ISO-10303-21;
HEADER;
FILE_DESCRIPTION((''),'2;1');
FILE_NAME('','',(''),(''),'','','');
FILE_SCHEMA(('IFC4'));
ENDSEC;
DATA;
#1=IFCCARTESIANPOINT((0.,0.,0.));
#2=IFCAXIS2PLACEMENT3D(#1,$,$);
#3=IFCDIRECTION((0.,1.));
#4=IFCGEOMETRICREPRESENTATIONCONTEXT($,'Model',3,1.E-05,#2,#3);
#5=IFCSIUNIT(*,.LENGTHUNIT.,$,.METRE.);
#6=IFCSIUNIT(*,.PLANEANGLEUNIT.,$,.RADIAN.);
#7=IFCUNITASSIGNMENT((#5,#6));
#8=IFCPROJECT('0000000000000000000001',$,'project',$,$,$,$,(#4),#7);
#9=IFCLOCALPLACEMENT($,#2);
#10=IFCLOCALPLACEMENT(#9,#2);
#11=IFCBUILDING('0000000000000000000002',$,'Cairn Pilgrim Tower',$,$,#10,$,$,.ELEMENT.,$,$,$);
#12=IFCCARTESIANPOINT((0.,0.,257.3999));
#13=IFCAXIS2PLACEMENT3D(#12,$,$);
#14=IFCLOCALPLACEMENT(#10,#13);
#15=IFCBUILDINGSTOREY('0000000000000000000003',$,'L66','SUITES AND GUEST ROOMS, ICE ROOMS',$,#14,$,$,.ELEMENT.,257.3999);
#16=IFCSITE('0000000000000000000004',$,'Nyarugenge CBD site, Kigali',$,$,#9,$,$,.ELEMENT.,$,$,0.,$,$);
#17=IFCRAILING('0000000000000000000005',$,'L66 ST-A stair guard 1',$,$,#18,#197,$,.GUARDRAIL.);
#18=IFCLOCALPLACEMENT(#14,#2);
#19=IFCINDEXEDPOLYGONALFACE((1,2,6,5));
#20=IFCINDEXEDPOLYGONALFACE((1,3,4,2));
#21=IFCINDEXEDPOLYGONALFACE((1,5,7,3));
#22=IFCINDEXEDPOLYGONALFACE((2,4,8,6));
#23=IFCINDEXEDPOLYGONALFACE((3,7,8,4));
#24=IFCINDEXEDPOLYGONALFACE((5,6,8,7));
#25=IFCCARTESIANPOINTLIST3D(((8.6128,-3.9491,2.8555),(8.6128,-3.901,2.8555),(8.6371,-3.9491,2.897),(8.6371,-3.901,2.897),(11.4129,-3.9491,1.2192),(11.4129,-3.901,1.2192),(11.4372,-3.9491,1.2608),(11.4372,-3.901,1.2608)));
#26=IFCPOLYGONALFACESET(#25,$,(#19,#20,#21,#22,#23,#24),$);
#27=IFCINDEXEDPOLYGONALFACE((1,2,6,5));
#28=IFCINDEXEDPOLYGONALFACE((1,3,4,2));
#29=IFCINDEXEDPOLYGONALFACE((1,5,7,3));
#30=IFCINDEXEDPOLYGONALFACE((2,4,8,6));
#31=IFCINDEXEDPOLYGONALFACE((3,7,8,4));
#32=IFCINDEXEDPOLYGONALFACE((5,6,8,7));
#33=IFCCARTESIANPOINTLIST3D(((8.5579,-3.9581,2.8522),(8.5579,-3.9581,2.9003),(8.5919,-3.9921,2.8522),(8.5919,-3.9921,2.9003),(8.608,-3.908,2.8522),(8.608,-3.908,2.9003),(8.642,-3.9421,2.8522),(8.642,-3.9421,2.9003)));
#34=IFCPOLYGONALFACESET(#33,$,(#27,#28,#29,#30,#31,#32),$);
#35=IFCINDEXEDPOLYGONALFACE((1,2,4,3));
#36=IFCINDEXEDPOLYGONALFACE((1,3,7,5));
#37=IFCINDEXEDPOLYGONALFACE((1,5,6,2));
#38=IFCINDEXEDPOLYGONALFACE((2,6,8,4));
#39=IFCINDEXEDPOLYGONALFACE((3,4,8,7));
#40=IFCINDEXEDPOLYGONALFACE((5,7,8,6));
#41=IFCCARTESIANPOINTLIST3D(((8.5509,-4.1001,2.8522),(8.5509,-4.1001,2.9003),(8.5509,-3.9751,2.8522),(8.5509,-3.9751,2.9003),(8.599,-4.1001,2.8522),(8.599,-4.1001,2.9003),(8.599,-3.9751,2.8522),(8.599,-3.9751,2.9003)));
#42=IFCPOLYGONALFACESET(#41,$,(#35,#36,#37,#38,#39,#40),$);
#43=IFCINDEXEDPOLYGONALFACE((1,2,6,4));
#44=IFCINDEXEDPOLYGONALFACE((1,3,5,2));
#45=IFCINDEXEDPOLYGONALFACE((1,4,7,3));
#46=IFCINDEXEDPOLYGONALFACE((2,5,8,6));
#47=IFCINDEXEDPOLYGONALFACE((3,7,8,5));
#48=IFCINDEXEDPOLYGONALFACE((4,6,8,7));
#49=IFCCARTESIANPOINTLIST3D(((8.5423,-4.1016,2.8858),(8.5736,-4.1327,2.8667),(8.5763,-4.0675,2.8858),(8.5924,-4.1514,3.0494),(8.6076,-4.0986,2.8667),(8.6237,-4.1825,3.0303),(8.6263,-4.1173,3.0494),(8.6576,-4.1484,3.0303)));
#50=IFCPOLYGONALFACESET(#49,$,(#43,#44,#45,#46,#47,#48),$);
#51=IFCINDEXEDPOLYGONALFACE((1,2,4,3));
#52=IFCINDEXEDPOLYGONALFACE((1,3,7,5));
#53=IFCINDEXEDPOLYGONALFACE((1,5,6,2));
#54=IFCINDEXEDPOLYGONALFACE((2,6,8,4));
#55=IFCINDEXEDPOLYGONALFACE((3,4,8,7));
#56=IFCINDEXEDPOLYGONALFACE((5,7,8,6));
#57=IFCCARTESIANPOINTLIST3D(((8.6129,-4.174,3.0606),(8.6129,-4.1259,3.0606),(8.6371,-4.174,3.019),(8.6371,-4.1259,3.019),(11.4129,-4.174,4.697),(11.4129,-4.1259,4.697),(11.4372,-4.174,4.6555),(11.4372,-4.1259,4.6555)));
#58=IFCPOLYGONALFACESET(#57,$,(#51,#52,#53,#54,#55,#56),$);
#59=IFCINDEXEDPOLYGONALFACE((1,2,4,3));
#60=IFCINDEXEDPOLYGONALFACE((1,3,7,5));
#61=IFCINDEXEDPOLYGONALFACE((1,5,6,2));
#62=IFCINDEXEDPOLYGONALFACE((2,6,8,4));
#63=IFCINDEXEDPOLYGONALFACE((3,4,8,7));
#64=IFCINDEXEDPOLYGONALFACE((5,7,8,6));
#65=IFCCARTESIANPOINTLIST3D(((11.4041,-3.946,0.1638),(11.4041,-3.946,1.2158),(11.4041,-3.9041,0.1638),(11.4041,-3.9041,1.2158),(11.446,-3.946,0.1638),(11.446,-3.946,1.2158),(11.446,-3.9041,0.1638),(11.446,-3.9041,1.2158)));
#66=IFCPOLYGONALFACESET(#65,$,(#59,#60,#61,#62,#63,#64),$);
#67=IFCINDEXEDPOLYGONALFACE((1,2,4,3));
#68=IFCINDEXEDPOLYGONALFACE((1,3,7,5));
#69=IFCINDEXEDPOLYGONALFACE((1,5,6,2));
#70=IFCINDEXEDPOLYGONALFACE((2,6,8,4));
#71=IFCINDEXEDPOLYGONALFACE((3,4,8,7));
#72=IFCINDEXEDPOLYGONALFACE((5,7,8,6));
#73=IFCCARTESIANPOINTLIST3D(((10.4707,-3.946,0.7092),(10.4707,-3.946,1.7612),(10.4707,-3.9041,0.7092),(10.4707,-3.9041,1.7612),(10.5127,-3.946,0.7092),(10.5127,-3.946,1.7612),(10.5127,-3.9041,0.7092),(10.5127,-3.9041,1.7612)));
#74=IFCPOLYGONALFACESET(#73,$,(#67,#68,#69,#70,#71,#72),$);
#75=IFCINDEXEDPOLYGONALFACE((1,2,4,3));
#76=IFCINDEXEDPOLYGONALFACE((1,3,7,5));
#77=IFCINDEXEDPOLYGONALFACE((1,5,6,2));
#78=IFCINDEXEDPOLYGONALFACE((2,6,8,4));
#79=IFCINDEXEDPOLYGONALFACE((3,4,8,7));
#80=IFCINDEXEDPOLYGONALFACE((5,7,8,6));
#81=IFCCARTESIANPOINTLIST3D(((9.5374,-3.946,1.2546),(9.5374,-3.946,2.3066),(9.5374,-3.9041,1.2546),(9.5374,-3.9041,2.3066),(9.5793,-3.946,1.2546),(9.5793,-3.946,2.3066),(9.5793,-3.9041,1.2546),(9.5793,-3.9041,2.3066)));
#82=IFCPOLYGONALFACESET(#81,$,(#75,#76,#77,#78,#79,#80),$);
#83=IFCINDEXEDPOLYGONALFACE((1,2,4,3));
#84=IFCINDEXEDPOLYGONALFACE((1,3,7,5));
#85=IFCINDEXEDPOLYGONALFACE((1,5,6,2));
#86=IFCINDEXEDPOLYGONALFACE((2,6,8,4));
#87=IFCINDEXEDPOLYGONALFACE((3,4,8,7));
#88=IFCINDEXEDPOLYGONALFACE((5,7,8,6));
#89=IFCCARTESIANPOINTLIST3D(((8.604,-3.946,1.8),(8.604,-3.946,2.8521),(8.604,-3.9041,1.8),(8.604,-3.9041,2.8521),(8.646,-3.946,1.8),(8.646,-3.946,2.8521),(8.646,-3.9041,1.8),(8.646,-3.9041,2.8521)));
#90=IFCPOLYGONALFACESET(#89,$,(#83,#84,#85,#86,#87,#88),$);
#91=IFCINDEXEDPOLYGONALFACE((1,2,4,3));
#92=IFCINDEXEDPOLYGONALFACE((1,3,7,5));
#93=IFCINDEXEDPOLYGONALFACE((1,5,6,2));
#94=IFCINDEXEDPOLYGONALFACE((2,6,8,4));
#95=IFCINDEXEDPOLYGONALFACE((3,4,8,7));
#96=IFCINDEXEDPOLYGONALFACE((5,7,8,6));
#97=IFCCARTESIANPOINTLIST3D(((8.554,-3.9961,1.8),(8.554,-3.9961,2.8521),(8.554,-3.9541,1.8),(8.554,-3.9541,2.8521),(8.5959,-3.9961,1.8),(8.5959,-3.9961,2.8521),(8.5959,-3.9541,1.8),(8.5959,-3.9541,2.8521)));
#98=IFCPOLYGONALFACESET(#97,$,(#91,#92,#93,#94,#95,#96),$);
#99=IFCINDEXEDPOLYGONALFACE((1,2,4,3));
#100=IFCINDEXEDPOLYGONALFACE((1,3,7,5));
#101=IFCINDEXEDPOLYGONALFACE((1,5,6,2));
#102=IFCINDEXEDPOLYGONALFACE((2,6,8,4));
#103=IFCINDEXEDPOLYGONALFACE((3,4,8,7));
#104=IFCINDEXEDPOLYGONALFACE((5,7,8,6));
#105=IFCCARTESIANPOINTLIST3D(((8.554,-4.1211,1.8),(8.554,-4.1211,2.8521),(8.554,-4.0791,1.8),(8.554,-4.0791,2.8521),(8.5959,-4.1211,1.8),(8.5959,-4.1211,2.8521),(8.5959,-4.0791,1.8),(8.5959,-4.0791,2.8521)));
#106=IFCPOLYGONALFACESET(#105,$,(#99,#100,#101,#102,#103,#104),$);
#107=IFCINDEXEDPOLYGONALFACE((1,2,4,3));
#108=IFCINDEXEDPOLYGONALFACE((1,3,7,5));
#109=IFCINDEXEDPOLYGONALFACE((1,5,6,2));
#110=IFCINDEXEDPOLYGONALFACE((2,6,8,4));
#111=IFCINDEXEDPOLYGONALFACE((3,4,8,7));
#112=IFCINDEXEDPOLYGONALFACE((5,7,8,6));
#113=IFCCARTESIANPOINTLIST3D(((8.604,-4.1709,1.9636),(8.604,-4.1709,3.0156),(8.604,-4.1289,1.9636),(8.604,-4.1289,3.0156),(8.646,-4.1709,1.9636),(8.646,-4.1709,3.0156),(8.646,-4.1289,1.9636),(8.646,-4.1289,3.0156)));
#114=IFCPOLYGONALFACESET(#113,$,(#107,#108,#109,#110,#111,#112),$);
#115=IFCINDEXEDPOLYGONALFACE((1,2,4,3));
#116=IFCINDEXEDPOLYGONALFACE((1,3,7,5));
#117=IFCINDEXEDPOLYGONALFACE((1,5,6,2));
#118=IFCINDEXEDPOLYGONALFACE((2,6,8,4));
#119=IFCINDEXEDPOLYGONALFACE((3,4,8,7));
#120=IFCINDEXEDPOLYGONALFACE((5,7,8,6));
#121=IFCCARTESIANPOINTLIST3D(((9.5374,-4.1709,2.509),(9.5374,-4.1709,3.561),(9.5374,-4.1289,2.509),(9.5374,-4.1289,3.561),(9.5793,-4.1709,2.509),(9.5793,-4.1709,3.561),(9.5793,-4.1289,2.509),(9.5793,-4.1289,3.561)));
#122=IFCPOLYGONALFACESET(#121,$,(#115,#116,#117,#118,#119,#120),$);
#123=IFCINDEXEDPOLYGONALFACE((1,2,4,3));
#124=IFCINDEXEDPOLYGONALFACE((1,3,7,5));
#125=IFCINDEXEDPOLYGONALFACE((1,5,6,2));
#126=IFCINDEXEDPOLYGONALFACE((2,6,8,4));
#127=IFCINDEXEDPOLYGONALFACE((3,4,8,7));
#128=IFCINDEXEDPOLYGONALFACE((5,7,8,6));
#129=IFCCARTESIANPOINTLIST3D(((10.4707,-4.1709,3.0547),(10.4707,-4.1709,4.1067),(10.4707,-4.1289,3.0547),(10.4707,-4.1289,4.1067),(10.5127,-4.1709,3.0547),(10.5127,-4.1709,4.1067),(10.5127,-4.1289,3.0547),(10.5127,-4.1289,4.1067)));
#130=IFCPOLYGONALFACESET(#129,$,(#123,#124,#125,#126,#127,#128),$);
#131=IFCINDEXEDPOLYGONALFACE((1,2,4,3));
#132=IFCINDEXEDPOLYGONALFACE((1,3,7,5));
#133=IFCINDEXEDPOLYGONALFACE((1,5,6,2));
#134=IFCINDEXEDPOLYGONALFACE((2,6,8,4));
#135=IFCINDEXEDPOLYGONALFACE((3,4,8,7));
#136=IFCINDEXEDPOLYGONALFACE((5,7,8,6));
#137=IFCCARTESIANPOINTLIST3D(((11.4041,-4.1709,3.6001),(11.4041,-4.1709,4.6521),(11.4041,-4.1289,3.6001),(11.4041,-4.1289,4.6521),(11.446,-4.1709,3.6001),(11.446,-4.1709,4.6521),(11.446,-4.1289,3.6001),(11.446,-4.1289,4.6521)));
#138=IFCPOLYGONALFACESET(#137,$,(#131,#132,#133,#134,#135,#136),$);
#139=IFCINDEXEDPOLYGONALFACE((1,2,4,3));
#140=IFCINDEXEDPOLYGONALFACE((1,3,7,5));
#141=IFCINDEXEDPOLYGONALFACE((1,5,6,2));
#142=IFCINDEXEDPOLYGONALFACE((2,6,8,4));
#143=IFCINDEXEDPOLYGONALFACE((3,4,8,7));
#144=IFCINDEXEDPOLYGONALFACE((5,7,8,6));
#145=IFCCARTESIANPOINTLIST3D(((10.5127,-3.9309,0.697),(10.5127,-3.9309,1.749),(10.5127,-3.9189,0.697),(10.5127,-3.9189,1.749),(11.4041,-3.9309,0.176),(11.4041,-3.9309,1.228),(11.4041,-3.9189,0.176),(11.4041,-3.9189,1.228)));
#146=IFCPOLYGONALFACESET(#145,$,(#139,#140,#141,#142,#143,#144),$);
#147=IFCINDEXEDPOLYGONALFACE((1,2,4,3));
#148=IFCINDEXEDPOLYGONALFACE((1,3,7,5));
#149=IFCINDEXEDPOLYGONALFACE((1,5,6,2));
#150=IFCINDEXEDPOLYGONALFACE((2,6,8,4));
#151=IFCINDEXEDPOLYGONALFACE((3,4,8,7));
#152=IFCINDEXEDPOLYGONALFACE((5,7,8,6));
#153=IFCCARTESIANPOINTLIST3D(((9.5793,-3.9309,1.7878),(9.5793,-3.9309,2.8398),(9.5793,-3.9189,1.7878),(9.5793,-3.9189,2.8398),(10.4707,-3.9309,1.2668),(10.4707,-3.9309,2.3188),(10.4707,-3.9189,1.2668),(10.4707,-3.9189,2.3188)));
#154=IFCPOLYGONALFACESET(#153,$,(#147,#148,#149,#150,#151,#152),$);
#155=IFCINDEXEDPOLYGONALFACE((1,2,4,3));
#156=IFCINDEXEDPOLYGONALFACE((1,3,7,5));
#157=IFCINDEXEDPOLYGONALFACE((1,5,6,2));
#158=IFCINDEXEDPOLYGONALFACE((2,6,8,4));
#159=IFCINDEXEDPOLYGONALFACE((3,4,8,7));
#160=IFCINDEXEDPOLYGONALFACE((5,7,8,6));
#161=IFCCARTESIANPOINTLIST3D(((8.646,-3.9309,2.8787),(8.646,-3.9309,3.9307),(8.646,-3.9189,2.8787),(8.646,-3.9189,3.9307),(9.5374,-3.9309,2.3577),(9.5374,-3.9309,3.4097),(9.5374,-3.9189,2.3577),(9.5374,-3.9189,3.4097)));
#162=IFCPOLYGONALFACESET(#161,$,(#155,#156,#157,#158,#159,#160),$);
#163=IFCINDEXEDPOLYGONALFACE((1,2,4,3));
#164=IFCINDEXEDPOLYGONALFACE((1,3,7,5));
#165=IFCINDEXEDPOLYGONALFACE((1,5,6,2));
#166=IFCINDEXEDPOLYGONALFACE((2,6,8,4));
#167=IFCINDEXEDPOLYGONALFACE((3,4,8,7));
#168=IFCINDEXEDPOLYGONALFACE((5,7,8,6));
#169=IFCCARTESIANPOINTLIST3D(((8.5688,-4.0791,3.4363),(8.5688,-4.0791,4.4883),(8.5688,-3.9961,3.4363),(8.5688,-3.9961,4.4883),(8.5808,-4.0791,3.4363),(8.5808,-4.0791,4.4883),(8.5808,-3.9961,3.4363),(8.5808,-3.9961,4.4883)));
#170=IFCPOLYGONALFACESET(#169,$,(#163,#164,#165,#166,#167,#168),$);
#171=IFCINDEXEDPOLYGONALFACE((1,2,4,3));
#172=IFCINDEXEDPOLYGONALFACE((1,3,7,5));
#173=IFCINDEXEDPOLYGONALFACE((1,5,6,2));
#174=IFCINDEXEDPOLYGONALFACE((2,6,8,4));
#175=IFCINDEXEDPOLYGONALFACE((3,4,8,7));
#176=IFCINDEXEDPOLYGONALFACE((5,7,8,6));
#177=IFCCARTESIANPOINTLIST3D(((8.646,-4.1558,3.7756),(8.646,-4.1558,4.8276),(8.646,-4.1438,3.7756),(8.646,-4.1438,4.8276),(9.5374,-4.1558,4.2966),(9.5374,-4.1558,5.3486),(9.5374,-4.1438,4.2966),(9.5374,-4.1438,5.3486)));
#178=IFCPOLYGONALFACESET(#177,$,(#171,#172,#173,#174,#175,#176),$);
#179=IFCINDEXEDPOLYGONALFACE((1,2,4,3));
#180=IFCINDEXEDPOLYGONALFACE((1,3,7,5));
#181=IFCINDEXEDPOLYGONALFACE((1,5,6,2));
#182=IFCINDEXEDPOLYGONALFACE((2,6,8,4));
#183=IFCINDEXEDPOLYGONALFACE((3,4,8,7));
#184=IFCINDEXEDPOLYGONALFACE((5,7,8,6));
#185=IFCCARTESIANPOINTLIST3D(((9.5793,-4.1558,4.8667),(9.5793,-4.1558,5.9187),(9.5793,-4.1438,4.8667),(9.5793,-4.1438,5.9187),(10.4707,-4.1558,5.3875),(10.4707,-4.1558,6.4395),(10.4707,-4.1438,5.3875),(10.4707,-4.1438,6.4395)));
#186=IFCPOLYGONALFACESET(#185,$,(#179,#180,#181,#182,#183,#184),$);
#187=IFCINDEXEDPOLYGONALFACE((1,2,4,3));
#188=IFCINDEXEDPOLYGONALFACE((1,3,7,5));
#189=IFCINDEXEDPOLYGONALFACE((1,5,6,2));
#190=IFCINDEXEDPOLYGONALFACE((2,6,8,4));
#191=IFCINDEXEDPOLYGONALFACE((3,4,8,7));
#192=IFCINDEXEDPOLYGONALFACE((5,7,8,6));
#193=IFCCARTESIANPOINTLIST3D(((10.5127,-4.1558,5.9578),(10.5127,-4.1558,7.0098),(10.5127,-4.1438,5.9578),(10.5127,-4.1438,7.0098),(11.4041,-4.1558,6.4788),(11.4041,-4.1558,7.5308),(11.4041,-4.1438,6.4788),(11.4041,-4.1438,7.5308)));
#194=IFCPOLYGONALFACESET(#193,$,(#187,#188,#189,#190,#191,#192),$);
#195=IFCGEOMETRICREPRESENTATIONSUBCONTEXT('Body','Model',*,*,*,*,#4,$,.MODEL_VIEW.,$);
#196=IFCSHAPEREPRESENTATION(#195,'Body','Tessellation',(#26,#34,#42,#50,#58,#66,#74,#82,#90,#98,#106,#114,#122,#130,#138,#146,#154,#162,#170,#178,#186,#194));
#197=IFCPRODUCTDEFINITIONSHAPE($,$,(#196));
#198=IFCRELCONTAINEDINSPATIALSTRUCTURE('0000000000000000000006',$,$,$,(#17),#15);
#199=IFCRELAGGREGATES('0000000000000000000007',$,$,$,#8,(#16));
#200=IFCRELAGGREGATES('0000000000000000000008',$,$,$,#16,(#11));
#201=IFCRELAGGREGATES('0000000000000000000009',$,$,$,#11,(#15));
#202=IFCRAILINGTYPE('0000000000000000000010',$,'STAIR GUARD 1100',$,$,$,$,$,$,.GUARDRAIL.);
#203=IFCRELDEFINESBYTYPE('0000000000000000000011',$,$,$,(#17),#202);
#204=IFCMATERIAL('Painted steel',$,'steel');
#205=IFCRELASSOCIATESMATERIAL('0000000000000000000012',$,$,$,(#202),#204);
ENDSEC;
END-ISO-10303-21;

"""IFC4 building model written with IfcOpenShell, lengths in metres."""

from ifc_helpers import new_model, si_unit, direction, frame, origin, origin_2d, place, context, subcontext, project, spatial, polyline, rectangle, outline, extrude, material, type_object, element, save


model = new_model("IFC4")

# Units and contexts
model_context = context("Model", 3, precision=1e-05, world=origin(), true_north=direction((0.0, 1.0)))
body_context = subcontext(model_context, "Body", "Model", "MODEL_VIEW")
ifc_project = project(units=[si_unit("LENGTHUNIT", "METRE"), si_unit("PLANEANGLEUNIT", "RADIAN")], contexts=[model_context])

# Site, building, storey
site_placement = place(None, origin())
site = spatial("IfcSite", under=ifc_project, at=site_placement, Name="Nyarugenge CBD site, Kigali", CompositionType="ELEMENT", RefElevation=0.0)
building_placement = place(site_placement, origin())
building = spatial("IfcBuilding", under=site, at=building_placement, Name="Cairn Pilgrim Tower", CompositionType="ELEMENT")
storey_placement = place(building_placement, frame((0.0, 0.0, 257.3999)))
storey = spatial("IfcBuildingStorey", under=building, at=storey_placement, Name="L66", Description="SUITES AND GUEST ROOMS, ICE ROOMS", CompositionType="ELEMENT", Elevation=257.3999)

# Shared definitions
ifc_material_1 = material(Name="Painted steel", Category="steel")

# Railing
railing_type_1 = type_object("IfcRailingType", Name="STAIR GUARD 1100", PredefinedType="GUARDRAIL", material=ifc_material_1)
railing_1_placement = place(storey_placement, frame((11.425, -3.925, 0.1638)))
element("IfcRailing", 1, at=railing_1_placement, inside=storey, type_object=railing_type_1, Name="L66 ST-A stair guard 1", PredefinedType="GUARDRAIL", context=body_context, shape_type="SweptSolid", body=[
    extrude(rectangle(XDim=0.0481, YDim=0.0481, at=origin_2d()), frame((0.0, 0.0, 1.0762), z_axis=(-0.863394, 0.0, 0.504531), x_axis=(0.0, -1.0, 0.0)), (0.0, 0.0, 1.0), 3.2432),
    extrude(rectangle(XDim=0.0481, YDim=0.0481, at=origin_2d()), frame((-2.8, 0.0, 2.7124), z_axis=(-0.707107, -0.707107, 0.0), x_axis=(0.707107, -0.707107, 0.0)), (0.0, 0.0, 1.0), 0.0708),
    extrude(rectangle(XDim=0.0481, YDim=0.0481, at=origin_2d()), frame((-2.8501, -0.05, 2.7124), z_axis=(0.0, -1.0, 0.0), x_axis=(1.0, 0.0, 0.0)), (0.0, 0.0, 1.0), 0.125),
    extrude(rectangle(XDim=0.0481, YDim=0.0481, at=origin_2d()), frame((-2.8501, -0.175, 2.7124), z_axis=(0.280917, -0.279546, 0.918118), x_axis=(0.705376, 0.708834, 0.0)), (0.0, 0.0, 1.0), 0.1782),
    extrude(rectangle(XDim=0.0481, YDim=0.0481, at=origin_2d()), frame((-2.8, -0.2249, 2.876), z_axis=(0.863361, 0.0, 0.504587), x_axis=(0.0, 1.0, 0.0)), (0.0, 0.0, 1.0), 3.2432),
    extrude(rectangle(XDim=0.042, YDim=0.042, at=origin_2d()), origin(), (0.0, 0.0, 1.0), 1.052),
    extrude(rectangle(XDim=0.042, YDim=0.042, at=origin_2d()), frame((-0.9333, 0.0, 0.5454)), (0.0, 0.0, 1.0), 1.052),
    extrude(rectangle(XDim=0.042, YDim=0.042, at=origin_2d()), frame((-1.8667, 0.0, 1.0908)), (0.0, 0.0, 1.0), 1.052),
    extrude(rectangle(XDim=0.042, YDim=0.042, at=origin_2d()), frame((-2.8, 0.0, 1.6362)), (0.0, 0.0, 1.0), 1.052),
    extrude(rectangle(XDim=0.042, YDim=0.042, at=origin_2d()), frame((-2.8501, -0.05, 1.6362)), (0.0, 0.0, 1.0), 1.052),
    extrude(rectangle(XDim=0.042, YDim=0.042, at=origin_2d()), frame((-2.8501, -0.175, 1.6362)), (0.0, 0.0, 1.0), 1.052),
    extrude(rectangle(XDim=0.042, YDim=0.042, at=origin_2d()), frame((-2.8, -0.2249, 1.7998)), (0.0, 0.0, 1.0), 1.052),
    extrude(rectangle(XDim=0.042, YDim=0.042, at=origin_2d()), frame((-1.8667, -0.2249, 2.3452)), (0.0, 0.0, 1.0), 1.052),
    extrude(rectangle(XDim=0.042, YDim=0.042, at=origin_2d()), frame((-0.9333, -0.2249, 2.8909)), (0.0, 0.0, 1.0), 1.052),
    extrude(rectangle(XDim=0.042, YDim=0.042, at=origin_2d()), frame((0.0, -0.2249, 3.4363)), (0.0, 0.0, 1.0), 1.052),
    extrude(outline(polyline([(0.021, 0.0122), (0.9124, 0.5332), (0.9124, 1.5852), (0.021, 1.0642), (0.021, 0.0122)])), frame((0.0, -0.0059, 0.0), z_axis=(0.0, 1.0, 0.0), x_axis=(-1.0, 0.0, 0.0)), (0.0, 0.0, 1.0), 0.012),
    extrude(outline(polyline([(0.021, 0.5576), (0.9124, 1.0786), (0.9124, 2.1306), (0.021, 1.6096), (0.021, 0.5576)])), frame((-0.9333, -0.0059, 0.5454), z_axis=(0.0, 1.0, 0.0), x_axis=(-1.0, 0.0, 0.0)), (0.0, 0.0, 1.0), 0.012),
    extrude(outline(polyline([(0.021, 1.103), (0.9124, 1.624), (0.9124, 2.676), (0.021, 2.155), (0.021, 1.103)])), frame((-1.8667, -0.0059, 1.0908), z_axis=(0.0, 1.0, 0.0), x_axis=(-1.0, 0.0, 0.0)), (0.0, 0.0, 1.0), 0.012),
    extrude(outline(polyline([(0.021, 1.6362), (0.104, 1.6362), (0.104, 2.6882), (0.021, 2.6882), (0.021, 1.6362)])), frame((-2.8442, -0.05, 1.6362), z_axis=(-1.0, 0.0, 0.0), x_axis=(0.0, -1.0, 0.0)), (0.0, 0.0, 1.0), 0.012),
    extrude(outline(polyline([(0.021, 1.812), (0.9124, 2.333), (0.9124, 3.385), (0.021, 2.864), (0.021, 1.812)])), frame((-2.8, -0.2188, 1.7998), z_axis=(0.0, -1.0, 0.0), x_axis=(1.0, 0.0, 0.0)), (0.0, 0.0, 1.0), 0.012),
    extrude(outline(polyline([(0.021, 2.3577), (0.9124, 2.8784), (0.9124, 3.9304), (0.021, 3.4097), (0.021, 2.3577)])), frame((-1.8667, -0.2188, 2.3452), z_axis=(0.0, -1.0, 0.0), x_axis=(1.0, 0.0, 0.0)), (0.0, 0.0, 1.0), 0.012),
    extrude(outline(polyline([(0.021, 2.9031), (0.9124, 3.4241), (0.9124, 4.4761), (0.021, 3.9551), (0.021, 2.9031)])), frame((-0.9333, -0.2188, 2.8909), z_axis=(0.0, -1.0, 0.0), x_axis=(1.0, 0.0, 0.0)), (0.0, 0.0, 1.0), 0.012),
])

save(model, "model.ifc")
